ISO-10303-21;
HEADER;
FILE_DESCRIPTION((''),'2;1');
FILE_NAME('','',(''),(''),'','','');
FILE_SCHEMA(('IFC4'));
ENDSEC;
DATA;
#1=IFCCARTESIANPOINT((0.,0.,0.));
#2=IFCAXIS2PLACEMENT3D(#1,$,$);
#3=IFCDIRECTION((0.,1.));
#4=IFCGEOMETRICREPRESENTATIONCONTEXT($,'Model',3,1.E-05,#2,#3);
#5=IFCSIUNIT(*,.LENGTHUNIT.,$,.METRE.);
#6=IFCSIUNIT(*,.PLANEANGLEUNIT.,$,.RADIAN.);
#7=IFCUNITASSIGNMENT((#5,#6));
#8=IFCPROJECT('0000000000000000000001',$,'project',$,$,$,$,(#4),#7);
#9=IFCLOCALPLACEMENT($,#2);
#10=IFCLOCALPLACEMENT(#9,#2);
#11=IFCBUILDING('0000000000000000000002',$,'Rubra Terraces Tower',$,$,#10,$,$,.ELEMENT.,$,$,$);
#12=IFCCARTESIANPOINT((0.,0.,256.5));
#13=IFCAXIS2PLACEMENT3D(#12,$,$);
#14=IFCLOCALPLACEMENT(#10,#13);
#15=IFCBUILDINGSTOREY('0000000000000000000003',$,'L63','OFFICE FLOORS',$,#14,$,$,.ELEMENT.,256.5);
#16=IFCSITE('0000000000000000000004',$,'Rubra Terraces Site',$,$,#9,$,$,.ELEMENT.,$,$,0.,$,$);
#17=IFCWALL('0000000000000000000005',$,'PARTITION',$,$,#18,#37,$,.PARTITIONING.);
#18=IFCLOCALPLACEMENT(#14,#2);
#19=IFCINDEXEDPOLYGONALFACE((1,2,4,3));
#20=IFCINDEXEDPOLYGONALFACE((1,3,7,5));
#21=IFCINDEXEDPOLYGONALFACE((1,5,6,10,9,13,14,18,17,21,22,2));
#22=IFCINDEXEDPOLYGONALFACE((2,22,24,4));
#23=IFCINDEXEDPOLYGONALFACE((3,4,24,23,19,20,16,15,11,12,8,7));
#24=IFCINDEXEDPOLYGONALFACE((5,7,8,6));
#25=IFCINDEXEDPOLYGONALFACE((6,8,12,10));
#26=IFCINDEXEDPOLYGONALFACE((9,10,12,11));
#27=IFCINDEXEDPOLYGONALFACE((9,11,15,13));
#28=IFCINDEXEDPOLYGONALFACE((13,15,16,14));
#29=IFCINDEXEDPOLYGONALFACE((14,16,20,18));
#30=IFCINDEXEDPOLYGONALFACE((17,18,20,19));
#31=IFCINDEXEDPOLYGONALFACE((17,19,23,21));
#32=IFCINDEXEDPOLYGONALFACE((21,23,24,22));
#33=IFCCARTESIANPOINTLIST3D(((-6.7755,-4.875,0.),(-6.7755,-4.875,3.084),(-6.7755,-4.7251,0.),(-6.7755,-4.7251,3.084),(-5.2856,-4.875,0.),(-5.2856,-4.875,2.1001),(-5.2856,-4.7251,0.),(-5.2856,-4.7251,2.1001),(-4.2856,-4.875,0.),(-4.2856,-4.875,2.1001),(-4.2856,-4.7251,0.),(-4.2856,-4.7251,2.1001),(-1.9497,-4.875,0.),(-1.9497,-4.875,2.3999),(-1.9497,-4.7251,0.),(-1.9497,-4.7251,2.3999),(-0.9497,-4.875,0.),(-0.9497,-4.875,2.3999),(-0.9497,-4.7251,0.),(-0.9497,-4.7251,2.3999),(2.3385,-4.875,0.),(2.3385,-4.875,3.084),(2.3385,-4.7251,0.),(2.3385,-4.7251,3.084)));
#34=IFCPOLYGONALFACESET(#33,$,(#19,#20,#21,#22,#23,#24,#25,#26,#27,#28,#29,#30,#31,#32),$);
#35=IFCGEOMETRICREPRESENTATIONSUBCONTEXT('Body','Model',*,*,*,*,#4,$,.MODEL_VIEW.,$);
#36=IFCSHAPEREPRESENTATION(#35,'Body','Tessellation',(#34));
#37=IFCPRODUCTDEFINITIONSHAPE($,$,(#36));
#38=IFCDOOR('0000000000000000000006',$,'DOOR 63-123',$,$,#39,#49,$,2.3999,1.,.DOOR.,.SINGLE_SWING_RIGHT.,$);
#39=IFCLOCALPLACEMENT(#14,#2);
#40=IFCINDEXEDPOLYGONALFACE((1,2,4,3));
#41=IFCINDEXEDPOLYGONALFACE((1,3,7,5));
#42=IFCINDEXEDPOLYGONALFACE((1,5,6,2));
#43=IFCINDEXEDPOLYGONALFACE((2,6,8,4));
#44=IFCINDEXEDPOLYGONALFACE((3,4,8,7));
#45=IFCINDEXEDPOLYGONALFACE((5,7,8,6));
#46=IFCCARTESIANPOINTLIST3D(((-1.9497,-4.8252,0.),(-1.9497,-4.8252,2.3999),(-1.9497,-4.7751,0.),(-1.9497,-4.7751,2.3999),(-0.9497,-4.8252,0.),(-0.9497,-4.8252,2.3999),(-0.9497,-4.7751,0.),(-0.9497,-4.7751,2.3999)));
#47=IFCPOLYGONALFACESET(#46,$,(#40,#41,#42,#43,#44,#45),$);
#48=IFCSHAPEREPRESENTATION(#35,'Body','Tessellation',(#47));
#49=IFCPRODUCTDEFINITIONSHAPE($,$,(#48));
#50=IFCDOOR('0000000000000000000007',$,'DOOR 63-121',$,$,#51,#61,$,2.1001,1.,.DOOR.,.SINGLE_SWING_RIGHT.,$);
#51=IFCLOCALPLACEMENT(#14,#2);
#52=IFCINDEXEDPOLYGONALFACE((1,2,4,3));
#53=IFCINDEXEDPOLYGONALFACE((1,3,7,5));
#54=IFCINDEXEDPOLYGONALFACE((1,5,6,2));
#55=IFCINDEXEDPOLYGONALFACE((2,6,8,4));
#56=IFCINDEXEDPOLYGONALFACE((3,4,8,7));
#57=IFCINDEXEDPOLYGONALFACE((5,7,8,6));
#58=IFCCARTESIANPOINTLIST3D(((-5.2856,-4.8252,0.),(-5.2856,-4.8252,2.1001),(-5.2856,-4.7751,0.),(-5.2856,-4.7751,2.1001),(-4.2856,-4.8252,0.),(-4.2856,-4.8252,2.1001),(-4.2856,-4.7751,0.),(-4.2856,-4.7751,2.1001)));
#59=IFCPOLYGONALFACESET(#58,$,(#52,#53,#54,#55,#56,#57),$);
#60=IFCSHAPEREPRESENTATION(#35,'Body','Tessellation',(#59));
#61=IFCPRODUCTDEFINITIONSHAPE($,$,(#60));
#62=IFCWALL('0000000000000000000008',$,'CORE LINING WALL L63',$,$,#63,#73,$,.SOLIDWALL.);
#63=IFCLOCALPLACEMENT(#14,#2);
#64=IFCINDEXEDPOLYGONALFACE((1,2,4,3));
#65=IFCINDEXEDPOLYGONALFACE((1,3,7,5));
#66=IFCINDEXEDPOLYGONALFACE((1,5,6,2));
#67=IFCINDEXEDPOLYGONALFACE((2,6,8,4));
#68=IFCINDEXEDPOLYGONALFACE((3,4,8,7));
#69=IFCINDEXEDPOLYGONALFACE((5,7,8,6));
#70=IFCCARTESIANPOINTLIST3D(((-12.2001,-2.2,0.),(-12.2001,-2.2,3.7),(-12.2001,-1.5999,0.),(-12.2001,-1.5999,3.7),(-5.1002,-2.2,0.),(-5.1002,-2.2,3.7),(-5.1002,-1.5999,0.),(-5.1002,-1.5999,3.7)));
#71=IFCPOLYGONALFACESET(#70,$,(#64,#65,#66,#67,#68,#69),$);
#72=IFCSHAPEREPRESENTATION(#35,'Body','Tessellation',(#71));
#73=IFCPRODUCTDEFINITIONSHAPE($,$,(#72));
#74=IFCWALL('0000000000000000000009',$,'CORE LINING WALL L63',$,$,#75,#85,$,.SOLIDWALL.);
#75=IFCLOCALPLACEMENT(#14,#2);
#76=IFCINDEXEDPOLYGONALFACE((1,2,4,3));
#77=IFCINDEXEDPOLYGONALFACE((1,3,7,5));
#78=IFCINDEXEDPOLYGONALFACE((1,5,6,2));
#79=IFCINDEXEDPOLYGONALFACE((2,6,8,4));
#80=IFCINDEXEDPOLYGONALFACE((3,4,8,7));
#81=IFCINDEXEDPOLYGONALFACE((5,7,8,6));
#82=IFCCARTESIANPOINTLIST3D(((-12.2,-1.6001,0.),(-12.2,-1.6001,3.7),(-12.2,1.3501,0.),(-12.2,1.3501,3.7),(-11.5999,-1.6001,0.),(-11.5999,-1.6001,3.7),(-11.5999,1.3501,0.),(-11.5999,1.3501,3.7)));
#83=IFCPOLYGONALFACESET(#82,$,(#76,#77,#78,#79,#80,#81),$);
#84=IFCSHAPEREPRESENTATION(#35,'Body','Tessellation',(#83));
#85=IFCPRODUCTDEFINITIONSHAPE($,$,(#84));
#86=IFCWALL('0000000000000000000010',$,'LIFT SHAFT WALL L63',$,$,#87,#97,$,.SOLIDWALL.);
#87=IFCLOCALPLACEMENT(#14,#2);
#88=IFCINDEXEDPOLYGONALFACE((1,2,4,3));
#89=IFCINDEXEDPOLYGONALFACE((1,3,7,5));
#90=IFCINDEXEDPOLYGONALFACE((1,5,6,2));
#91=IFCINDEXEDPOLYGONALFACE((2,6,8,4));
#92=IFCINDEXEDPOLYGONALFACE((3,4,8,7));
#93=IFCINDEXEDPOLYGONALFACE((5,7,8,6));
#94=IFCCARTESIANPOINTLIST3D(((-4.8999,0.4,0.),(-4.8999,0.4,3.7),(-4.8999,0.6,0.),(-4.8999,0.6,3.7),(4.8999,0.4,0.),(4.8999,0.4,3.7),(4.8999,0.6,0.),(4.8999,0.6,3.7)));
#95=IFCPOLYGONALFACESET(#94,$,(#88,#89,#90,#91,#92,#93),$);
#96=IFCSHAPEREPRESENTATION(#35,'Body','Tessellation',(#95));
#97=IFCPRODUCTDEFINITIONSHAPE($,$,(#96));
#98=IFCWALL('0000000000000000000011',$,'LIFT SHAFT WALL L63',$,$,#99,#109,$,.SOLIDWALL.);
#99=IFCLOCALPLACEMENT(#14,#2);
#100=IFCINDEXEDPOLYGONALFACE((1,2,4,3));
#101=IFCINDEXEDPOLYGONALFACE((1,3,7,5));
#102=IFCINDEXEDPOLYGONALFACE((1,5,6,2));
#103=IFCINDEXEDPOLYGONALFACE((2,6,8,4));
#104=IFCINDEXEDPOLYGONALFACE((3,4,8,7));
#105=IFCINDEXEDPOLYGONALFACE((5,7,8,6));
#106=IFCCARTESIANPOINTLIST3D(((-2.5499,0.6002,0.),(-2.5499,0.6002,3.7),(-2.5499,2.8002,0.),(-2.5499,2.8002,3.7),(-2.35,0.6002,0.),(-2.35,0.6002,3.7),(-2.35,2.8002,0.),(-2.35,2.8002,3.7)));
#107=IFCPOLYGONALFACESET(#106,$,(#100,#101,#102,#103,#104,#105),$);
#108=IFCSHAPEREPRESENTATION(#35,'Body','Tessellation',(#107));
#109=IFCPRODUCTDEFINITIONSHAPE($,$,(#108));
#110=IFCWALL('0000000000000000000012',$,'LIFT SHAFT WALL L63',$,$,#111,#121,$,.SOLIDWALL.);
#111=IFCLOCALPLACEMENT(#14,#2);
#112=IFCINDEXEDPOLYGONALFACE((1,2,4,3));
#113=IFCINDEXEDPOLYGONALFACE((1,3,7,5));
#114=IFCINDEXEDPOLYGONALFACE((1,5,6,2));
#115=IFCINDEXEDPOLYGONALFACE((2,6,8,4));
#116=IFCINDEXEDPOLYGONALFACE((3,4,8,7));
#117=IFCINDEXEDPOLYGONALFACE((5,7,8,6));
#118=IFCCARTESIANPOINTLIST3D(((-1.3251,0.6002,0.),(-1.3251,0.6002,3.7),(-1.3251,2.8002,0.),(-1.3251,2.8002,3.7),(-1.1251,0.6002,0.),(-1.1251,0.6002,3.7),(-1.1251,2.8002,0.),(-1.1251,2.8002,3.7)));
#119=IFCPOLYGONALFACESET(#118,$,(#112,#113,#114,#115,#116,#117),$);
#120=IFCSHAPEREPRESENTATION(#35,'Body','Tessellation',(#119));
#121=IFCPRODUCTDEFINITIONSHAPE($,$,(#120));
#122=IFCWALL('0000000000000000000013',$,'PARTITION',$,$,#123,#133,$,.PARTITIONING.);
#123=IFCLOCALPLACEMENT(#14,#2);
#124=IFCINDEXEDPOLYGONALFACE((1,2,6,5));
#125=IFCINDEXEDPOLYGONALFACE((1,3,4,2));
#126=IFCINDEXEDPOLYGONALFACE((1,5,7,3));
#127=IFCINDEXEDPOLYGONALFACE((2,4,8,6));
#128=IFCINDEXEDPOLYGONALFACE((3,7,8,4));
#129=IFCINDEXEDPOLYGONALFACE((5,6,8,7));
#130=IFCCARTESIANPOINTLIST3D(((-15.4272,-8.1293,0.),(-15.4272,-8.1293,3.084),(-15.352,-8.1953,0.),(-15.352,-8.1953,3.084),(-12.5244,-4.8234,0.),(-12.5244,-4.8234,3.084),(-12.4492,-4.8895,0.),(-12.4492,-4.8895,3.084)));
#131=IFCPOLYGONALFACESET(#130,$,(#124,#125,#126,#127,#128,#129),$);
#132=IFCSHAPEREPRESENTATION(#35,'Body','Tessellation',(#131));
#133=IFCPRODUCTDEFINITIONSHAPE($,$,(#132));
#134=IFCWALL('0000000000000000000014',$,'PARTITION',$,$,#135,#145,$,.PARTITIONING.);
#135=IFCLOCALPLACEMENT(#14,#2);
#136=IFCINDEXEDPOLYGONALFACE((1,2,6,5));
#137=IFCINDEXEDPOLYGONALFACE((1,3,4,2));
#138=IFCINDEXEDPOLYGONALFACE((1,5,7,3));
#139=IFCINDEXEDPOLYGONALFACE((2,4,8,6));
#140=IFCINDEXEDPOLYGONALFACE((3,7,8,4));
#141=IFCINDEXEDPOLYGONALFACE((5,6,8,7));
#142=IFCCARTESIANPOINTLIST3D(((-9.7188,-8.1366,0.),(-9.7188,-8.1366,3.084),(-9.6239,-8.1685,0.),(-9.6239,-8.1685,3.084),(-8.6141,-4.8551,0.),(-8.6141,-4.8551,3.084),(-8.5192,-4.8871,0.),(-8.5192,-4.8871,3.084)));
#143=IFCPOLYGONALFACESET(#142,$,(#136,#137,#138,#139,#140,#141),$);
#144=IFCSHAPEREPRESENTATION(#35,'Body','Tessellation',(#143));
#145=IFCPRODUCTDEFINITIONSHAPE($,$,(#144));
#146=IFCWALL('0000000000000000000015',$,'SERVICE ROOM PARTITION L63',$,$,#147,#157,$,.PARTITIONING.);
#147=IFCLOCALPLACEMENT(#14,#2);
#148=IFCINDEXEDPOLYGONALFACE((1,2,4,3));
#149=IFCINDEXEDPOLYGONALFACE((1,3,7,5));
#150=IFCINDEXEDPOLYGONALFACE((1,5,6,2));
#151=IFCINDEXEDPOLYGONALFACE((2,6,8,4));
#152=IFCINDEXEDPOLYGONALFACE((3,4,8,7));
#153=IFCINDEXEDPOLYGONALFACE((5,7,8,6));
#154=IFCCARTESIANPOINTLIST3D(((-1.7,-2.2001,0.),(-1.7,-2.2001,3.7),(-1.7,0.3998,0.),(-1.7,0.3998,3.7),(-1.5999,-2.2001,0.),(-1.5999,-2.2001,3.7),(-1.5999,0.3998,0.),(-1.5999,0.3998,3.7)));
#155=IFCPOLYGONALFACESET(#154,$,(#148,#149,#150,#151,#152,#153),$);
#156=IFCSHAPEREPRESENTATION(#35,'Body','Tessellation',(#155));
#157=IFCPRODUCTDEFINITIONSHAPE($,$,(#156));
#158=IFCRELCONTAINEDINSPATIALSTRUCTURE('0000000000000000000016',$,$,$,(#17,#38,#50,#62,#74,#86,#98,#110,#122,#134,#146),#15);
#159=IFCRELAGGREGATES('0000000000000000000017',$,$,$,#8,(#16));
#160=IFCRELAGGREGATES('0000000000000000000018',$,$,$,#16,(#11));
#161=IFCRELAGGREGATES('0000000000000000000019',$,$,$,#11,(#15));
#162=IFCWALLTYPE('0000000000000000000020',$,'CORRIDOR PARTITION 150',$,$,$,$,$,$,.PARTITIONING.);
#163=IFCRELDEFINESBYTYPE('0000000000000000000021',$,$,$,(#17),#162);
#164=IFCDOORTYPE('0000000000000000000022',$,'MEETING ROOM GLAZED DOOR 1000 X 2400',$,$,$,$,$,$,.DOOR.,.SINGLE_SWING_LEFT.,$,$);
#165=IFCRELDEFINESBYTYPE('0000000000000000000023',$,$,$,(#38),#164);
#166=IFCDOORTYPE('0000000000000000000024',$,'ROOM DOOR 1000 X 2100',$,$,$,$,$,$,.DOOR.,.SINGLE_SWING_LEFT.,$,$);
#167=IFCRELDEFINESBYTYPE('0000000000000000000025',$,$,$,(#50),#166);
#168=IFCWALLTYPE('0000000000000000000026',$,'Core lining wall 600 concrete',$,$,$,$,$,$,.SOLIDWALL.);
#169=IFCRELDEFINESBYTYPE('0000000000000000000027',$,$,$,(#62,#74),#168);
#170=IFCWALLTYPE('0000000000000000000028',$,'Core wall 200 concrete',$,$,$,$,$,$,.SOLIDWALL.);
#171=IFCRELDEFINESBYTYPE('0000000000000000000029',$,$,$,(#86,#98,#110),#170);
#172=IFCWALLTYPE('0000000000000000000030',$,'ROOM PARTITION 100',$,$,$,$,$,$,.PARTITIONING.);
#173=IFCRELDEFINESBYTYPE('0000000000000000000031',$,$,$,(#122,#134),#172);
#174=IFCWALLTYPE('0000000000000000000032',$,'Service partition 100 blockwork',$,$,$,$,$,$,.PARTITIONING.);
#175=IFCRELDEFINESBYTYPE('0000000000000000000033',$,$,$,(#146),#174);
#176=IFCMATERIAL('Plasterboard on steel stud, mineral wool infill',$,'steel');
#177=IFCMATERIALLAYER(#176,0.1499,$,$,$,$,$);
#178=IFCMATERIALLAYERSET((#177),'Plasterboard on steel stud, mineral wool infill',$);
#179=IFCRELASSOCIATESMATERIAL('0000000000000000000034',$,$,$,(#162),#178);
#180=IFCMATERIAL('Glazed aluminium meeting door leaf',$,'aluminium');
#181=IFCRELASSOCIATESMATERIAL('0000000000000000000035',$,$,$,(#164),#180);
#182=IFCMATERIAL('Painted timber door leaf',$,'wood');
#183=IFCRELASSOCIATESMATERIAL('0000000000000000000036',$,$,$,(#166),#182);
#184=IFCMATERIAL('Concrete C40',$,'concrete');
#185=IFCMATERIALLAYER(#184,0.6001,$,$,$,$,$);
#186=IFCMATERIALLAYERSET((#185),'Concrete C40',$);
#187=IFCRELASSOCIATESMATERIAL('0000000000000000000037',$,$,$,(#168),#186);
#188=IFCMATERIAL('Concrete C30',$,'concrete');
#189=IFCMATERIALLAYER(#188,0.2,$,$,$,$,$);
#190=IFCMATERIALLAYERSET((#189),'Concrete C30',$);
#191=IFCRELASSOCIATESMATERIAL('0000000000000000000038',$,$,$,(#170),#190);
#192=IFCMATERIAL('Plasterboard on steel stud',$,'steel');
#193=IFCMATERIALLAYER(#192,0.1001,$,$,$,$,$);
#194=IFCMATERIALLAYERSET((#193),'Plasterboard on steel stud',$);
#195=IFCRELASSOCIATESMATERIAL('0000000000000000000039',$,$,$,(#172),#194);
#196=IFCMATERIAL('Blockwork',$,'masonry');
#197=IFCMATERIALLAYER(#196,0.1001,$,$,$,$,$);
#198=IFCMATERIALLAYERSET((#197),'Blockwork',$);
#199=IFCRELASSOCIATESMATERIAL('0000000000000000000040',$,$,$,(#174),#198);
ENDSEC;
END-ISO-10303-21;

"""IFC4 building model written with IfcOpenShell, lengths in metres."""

from ifc_helpers import new_model, si_unit, direction, frame, frame_2d, origin, place, context, subcontext, project, spatial, rectangle, extrude, material, layer, layer_set, type_object, element, fill, save


model = new_model("IFC4")

# Units and contexts
model_context = context("Model", 3, precision=1e-05, world=origin(), true_north=direction((0.0, 1.0)))
body_context = subcontext(model_context, "Body", "Model", "MODEL_VIEW")
ifc_project = project(units=[si_unit("LENGTHUNIT", "METRE"), si_unit("PLANEANGLEUNIT", "RADIAN")], contexts=[model_context])

# Site, building, storey
site_placement = place(None, origin())
site = spatial("IfcSite", under=ifc_project, at=site_placement, Name="Rubra Terraces Site", CompositionType="ELEMENT", RefElevation=0.0)
building_placement = place(site_placement, origin())
building = spatial("IfcBuilding", under=site, at=building_placement, Name="Rubra Terraces Tower", CompositionType="ELEMENT")
storey_placement = place(building_placement, frame((0.0, 0.0, 256.5)))
storey = spatial("IfcBuildingStorey", under=building, at=storey_placement, Name="L63", Description="OFFICE FLOORS", CompositionType="ELEMENT", Elevation=256.5)

# Wall, openings, doors
ifc_material_1 = material(Name="Plasterboard on steel stud, mineral wool infill", Category="steel")
ifc_layer_1 = layer(ifc_material_1, 0.1499)
ifc_layer_set_1 = layer_set([ifc_layer_1], Name="Plasterboard on steel stud, mineral wool infill")
wall_type_1 = type_object("IfcWallType", Name="CORRIDOR PARTITION 150", PredefinedType="PARTITIONING", material=ifc_layer_set_1)
wall_1_placement = place(storey_placement, frame((-6.7756, -4.8, 0.0), z_axis=(0.0, 0.0, 1.0), x_axis=(1.0, 0.0, 0.0)))
wall_1 = element("IfcWall", 1, at=wall_1_placement, inside=storey, type_object=wall_type_1, Name="PARTITION", PredefinedType="PARTITIONING", context=body_context, shape_type="SweptSolid", body=[
    extrude(rectangle(XDim=9.114, YDim=0.1499, at=frame_2d((4.5571, 0.0))), origin(), (0.0, 0.0, 1.0), 3.084),
])
opening_1_placement = place(wall_1_placement, frame((1.49, 0.0, 0.0)))
opening_1 = element("IfcOpeningElement", 2, at=opening_1_placement, cuts=wall_1, PredefinedType="OPENING", context=body_context, shape_type="SweptSolid", body=[
    extrude(rectangle(XDim=1.0, YDim=2.1001, at=frame_2d((0.5, 1.05))), frame((0.0, 0.085, 0.0), z_axis=(0.0, -1.0, 0.0), x_axis=(1.0, 0.0, 0.0)), (0.0, 0.0, 1.0), 0.1699),
])
opening_2_placement = place(wall_1_placement, frame((4.8259, 0.0, 0.0)))
opening_2 = element("IfcOpeningElement", 3, at=opening_2_placement, cuts=wall_1, PredefinedType="OPENING", context=body_context, shape_type="SweptSolid", body=[
    extrude(rectangle(XDim=1.0, YDim=2.3999, at=frame_2d((0.5, 1.2))), frame((0.0, 0.085, 0.0), z_axis=(0.0, -1.0, 0.0), x_axis=(1.0, 0.0, 0.0)), (0.0, 0.0, 1.0), 0.1699),
])
ifc_material_2 = material(Name="Glazed aluminium meeting door leaf", Category="aluminium")
door_type_1 = type_object("IfcDoorType", Name="MEETING ROOM GLAZED DOOR 1000 X 2400", OperationType="SINGLE_SWING_LEFT", PredefinedType="DOOR", material=ifc_material_2)
door_1_placement = place(opening_2_placement, origin())
door_1 = element("IfcDoor", 4, at=door_1_placement, inside=storey, type_object=door_type_1, Name="DOOR 63-123", OperationType="SINGLE_SWING_RIGHT", OverallHeight=2.3999, OverallWidth=1.0, PredefinedType="DOOR", context=body_context, shape_type="SweptSolid", body=[
    extrude(rectangle(XDim=1.0, YDim=2.3999, at=frame_2d((0.5, 1.2))), frame((0.0, 0.0249, 0.0), z_axis=(0.0, -1.0, 0.0), x_axis=(1.0, 0.0, 0.0)), (0.0, 0.0, 1.0), 0.05),
])
fill(opening_2, door_1)
ifc_material_3 = material(Name="Painted timber door leaf", Category="wood")
door_type_2 = type_object("IfcDoorType", Name="ROOM DOOR 1000 X 2100", OperationType="SINGLE_SWING_LEFT", PredefinedType="DOOR", material=ifc_material_3)
door_2_placement = place(opening_1_placement, origin())
door_2 = element("IfcDoor", 5, at=door_2_placement, inside=storey, type_object=door_type_2, Name="DOOR 63-121", OperationType="SINGLE_SWING_RIGHT", OverallHeight=2.1001, OverallWidth=1.0, PredefinedType="DOOR", context=body_context, shape_type="SweptSolid", body=[
    extrude(rectangle(XDim=1.0, YDim=2.1001, at=frame_2d((0.5, 1.05))), frame((0.0, 0.0249, 0.0), z_axis=(0.0, -1.0, 0.0), x_axis=(1.0, 0.0, 0.0)), (0.0, 0.0, 1.0), 0.05),
])
fill(opening_1, door_2)

# Walls
ifc_material_4 = material(Name="Concrete C40", Category="concrete")
ifc_layer_2 = layer(ifc_material_4, 0.6001)
ifc_layer_set_2 = layer_set([ifc_layer_2], Name="Concrete C40")
wall_type_2 = type_object("IfcWallType", Name="Core lining wall 600 concrete", PredefinedType="SOLIDWALL", material=ifc_layer_set_2)
wall_2_placement = place(storey_placement, frame((-12.2, -1.8999, 0.0), z_axis=(0.0, 0.0, 1.0), x_axis=(1.0, 0.0, 0.0)))
element("IfcWall", 6, at=wall_2_placement, inside=storey, type_object=wall_type_2, Name="CORE LINING WALL L63", PredefinedType="SOLIDWALL", context=body_context, shape_type="SweptSolid", body=[
    extrude(rectangle(XDim=7.0999, YDim=0.6001, at=frame_2d((3.5498, 0.0))), origin(), (0.0, 0.0, 1.0), 3.7),
])
wall_3_placement = place(storey_placement, frame((-11.8999, -1.6001, 0.0), z_axis=(0.0, 0.0, 1.0), x_axis=(0.0, 1.0, 0.0)))
element("IfcWall", 7, at=wall_3_placement, inside=storey, type_object=wall_type_2, Name="CORE LINING WALL L63", PredefinedType="SOLIDWALL", context=body_context, shape_type="SweptSolid", body=[
    extrude(rectangle(XDim=2.9502, YDim=0.6001, at=frame_2d((1.4751, 0.0))), origin(), (0.0, 0.0, 1.0), 3.7),
])
ifc_material_5 = material(Name="Concrete C30", Category="concrete")
ifc_layer_3 = layer(ifc_material_5, 0.2)
ifc_layer_set_3 = layer_set([ifc_layer_3], Name="Concrete C30")
wall_type_3 = type_object("IfcWallType", Name="Core wall 200 concrete", PredefinedType="SOLIDWALL", material=ifc_layer_set_3)
wall_4_placement = place(storey_placement, frame((-4.8999, 0.5, 0.0), z_axis=(0.0, 0.0, 1.0), x_axis=(1.0, 0.0, 0.0)))
element("IfcWall", 8, at=wall_4_placement, inside=storey, type_object=wall_type_3, Name="LIFT SHAFT WALL L63", PredefinedType="SOLIDWALL", context=body_context, shape_type="SweptSolid", body=[
    extrude(rectangle(XDim=9.7998, YDim=0.2, at=frame_2d((4.8999, 0.0))), origin(), (0.0, 0.0, 1.0), 3.7),
])
for number, where, z_axis, x_axis, name in (
    (9, (-2.45, 0.6001, 0.0), (0.0, 0.0, 1.0), (0.0, 1.0, 0.0), "LIFT SHAFT WALL L63"),
    (10, (-1.2251, 0.6001, 0.0), (0.0, 0.0, 1.0), (0.0, 1.0, 0.0), "LIFT SHAFT WALL L63"),
):
    element("IfcWall", number, at=place(storey_placement, frame(where, z_axis=z_axis, x_axis=x_axis)), inside=storey, type_object=wall_type_3, Name=name, PredefinedType="SOLIDWALL", context=body_context, shape_type="SweptSolid", body=[
        extrude(rectangle(XDim=2.2, YDim=0.2, at=frame_2d((1.1001, 0.0))), origin(), (0.0, 0.0, 1.0), 3.7),
    ])
ifc_material_6 = material(Name="Plasterboard on steel stud", Category="steel")
ifc_layer_4 = layer(ifc_material_6, 0.1001)
ifc_layer_set_4 = layer_set([ifc_layer_4], Name="Plasterboard on steel stud")
wall_type_4 = type_object("IfcWallType", Name="ROOM PARTITION 100", PredefinedType="PARTITIONING", material=ifc_layer_set_4)
wall_5_placement = place(storey_placement, frame((-12.4868, -4.8564, 0.0), z_axis=(0.0, 0.0, 1.0), x_axis=(-0.659812, -0.751431, 0.0)))
element("IfcWall", 11, at=wall_5_placement, inside=storey, type_object=wall_type_4, Name="PARTITION", PredefinedType="PARTITIONING", context=body_context, shape_type="SweptSolid", body=[
    extrude(rectangle(XDim=4.3994, YDim=0.1001, at=frame_2d((2.1997, 0.0))), origin(), (0.0, 0.0, 1.0), 3.084),
])
wall_6_placement = place(storey_placement, frame((-8.5667, -4.8711, 0.0), z_axis=(0.0, 0.0, 1.0), x_axis=(-0.319061, -0.947734, 0.0)))
element("IfcWall", 12, at=wall_6_placement, inside=storey, type_object=wall_type_4, Name="PARTITION", PredefinedType="PARTITIONING", context=body_context, shape_type="SweptSolid", body=[
    extrude(rectangle(XDim=3.4624, YDim=0.1001, at=frame_2d((1.7312, 0.0))), origin(), (0.0, 0.0, 1.0), 3.084),
])
ifc_material_7 = material(Name="Blockwork", Category="masonry")
ifc_layer_5 = layer(ifc_material_7, 0.1001)
ifc_layer_set_5 = layer_set([ifc_layer_5], Name="Blockwork")
wall_type_5 = type_object("IfcWallType", Name="Service partition 100 blockwork", PredefinedType="PARTITIONING", material=ifc_layer_set_5)
wall_7_placement = place(storey_placement, frame((-1.6499, -2.2, 0.0), z_axis=(0.0, 0.0, 1.0), x_axis=(0.0, 1.0, 0.0)))
element("IfcWall", 13, at=wall_7_placement, inside=storey, type_object=wall_type_5, Name="SERVICE ROOM PARTITION L63", PredefinedType="PARTITIONING", context=body_context, shape_type="SweptSolid", body=[
    extrude(rectangle(XDim=2.5999, YDim=0.1001, at=frame_2d((1.2998, 0.0))), origin(), (0.0, 0.0, 1.0), 3.7),
])

save(model, "model.ifc")
